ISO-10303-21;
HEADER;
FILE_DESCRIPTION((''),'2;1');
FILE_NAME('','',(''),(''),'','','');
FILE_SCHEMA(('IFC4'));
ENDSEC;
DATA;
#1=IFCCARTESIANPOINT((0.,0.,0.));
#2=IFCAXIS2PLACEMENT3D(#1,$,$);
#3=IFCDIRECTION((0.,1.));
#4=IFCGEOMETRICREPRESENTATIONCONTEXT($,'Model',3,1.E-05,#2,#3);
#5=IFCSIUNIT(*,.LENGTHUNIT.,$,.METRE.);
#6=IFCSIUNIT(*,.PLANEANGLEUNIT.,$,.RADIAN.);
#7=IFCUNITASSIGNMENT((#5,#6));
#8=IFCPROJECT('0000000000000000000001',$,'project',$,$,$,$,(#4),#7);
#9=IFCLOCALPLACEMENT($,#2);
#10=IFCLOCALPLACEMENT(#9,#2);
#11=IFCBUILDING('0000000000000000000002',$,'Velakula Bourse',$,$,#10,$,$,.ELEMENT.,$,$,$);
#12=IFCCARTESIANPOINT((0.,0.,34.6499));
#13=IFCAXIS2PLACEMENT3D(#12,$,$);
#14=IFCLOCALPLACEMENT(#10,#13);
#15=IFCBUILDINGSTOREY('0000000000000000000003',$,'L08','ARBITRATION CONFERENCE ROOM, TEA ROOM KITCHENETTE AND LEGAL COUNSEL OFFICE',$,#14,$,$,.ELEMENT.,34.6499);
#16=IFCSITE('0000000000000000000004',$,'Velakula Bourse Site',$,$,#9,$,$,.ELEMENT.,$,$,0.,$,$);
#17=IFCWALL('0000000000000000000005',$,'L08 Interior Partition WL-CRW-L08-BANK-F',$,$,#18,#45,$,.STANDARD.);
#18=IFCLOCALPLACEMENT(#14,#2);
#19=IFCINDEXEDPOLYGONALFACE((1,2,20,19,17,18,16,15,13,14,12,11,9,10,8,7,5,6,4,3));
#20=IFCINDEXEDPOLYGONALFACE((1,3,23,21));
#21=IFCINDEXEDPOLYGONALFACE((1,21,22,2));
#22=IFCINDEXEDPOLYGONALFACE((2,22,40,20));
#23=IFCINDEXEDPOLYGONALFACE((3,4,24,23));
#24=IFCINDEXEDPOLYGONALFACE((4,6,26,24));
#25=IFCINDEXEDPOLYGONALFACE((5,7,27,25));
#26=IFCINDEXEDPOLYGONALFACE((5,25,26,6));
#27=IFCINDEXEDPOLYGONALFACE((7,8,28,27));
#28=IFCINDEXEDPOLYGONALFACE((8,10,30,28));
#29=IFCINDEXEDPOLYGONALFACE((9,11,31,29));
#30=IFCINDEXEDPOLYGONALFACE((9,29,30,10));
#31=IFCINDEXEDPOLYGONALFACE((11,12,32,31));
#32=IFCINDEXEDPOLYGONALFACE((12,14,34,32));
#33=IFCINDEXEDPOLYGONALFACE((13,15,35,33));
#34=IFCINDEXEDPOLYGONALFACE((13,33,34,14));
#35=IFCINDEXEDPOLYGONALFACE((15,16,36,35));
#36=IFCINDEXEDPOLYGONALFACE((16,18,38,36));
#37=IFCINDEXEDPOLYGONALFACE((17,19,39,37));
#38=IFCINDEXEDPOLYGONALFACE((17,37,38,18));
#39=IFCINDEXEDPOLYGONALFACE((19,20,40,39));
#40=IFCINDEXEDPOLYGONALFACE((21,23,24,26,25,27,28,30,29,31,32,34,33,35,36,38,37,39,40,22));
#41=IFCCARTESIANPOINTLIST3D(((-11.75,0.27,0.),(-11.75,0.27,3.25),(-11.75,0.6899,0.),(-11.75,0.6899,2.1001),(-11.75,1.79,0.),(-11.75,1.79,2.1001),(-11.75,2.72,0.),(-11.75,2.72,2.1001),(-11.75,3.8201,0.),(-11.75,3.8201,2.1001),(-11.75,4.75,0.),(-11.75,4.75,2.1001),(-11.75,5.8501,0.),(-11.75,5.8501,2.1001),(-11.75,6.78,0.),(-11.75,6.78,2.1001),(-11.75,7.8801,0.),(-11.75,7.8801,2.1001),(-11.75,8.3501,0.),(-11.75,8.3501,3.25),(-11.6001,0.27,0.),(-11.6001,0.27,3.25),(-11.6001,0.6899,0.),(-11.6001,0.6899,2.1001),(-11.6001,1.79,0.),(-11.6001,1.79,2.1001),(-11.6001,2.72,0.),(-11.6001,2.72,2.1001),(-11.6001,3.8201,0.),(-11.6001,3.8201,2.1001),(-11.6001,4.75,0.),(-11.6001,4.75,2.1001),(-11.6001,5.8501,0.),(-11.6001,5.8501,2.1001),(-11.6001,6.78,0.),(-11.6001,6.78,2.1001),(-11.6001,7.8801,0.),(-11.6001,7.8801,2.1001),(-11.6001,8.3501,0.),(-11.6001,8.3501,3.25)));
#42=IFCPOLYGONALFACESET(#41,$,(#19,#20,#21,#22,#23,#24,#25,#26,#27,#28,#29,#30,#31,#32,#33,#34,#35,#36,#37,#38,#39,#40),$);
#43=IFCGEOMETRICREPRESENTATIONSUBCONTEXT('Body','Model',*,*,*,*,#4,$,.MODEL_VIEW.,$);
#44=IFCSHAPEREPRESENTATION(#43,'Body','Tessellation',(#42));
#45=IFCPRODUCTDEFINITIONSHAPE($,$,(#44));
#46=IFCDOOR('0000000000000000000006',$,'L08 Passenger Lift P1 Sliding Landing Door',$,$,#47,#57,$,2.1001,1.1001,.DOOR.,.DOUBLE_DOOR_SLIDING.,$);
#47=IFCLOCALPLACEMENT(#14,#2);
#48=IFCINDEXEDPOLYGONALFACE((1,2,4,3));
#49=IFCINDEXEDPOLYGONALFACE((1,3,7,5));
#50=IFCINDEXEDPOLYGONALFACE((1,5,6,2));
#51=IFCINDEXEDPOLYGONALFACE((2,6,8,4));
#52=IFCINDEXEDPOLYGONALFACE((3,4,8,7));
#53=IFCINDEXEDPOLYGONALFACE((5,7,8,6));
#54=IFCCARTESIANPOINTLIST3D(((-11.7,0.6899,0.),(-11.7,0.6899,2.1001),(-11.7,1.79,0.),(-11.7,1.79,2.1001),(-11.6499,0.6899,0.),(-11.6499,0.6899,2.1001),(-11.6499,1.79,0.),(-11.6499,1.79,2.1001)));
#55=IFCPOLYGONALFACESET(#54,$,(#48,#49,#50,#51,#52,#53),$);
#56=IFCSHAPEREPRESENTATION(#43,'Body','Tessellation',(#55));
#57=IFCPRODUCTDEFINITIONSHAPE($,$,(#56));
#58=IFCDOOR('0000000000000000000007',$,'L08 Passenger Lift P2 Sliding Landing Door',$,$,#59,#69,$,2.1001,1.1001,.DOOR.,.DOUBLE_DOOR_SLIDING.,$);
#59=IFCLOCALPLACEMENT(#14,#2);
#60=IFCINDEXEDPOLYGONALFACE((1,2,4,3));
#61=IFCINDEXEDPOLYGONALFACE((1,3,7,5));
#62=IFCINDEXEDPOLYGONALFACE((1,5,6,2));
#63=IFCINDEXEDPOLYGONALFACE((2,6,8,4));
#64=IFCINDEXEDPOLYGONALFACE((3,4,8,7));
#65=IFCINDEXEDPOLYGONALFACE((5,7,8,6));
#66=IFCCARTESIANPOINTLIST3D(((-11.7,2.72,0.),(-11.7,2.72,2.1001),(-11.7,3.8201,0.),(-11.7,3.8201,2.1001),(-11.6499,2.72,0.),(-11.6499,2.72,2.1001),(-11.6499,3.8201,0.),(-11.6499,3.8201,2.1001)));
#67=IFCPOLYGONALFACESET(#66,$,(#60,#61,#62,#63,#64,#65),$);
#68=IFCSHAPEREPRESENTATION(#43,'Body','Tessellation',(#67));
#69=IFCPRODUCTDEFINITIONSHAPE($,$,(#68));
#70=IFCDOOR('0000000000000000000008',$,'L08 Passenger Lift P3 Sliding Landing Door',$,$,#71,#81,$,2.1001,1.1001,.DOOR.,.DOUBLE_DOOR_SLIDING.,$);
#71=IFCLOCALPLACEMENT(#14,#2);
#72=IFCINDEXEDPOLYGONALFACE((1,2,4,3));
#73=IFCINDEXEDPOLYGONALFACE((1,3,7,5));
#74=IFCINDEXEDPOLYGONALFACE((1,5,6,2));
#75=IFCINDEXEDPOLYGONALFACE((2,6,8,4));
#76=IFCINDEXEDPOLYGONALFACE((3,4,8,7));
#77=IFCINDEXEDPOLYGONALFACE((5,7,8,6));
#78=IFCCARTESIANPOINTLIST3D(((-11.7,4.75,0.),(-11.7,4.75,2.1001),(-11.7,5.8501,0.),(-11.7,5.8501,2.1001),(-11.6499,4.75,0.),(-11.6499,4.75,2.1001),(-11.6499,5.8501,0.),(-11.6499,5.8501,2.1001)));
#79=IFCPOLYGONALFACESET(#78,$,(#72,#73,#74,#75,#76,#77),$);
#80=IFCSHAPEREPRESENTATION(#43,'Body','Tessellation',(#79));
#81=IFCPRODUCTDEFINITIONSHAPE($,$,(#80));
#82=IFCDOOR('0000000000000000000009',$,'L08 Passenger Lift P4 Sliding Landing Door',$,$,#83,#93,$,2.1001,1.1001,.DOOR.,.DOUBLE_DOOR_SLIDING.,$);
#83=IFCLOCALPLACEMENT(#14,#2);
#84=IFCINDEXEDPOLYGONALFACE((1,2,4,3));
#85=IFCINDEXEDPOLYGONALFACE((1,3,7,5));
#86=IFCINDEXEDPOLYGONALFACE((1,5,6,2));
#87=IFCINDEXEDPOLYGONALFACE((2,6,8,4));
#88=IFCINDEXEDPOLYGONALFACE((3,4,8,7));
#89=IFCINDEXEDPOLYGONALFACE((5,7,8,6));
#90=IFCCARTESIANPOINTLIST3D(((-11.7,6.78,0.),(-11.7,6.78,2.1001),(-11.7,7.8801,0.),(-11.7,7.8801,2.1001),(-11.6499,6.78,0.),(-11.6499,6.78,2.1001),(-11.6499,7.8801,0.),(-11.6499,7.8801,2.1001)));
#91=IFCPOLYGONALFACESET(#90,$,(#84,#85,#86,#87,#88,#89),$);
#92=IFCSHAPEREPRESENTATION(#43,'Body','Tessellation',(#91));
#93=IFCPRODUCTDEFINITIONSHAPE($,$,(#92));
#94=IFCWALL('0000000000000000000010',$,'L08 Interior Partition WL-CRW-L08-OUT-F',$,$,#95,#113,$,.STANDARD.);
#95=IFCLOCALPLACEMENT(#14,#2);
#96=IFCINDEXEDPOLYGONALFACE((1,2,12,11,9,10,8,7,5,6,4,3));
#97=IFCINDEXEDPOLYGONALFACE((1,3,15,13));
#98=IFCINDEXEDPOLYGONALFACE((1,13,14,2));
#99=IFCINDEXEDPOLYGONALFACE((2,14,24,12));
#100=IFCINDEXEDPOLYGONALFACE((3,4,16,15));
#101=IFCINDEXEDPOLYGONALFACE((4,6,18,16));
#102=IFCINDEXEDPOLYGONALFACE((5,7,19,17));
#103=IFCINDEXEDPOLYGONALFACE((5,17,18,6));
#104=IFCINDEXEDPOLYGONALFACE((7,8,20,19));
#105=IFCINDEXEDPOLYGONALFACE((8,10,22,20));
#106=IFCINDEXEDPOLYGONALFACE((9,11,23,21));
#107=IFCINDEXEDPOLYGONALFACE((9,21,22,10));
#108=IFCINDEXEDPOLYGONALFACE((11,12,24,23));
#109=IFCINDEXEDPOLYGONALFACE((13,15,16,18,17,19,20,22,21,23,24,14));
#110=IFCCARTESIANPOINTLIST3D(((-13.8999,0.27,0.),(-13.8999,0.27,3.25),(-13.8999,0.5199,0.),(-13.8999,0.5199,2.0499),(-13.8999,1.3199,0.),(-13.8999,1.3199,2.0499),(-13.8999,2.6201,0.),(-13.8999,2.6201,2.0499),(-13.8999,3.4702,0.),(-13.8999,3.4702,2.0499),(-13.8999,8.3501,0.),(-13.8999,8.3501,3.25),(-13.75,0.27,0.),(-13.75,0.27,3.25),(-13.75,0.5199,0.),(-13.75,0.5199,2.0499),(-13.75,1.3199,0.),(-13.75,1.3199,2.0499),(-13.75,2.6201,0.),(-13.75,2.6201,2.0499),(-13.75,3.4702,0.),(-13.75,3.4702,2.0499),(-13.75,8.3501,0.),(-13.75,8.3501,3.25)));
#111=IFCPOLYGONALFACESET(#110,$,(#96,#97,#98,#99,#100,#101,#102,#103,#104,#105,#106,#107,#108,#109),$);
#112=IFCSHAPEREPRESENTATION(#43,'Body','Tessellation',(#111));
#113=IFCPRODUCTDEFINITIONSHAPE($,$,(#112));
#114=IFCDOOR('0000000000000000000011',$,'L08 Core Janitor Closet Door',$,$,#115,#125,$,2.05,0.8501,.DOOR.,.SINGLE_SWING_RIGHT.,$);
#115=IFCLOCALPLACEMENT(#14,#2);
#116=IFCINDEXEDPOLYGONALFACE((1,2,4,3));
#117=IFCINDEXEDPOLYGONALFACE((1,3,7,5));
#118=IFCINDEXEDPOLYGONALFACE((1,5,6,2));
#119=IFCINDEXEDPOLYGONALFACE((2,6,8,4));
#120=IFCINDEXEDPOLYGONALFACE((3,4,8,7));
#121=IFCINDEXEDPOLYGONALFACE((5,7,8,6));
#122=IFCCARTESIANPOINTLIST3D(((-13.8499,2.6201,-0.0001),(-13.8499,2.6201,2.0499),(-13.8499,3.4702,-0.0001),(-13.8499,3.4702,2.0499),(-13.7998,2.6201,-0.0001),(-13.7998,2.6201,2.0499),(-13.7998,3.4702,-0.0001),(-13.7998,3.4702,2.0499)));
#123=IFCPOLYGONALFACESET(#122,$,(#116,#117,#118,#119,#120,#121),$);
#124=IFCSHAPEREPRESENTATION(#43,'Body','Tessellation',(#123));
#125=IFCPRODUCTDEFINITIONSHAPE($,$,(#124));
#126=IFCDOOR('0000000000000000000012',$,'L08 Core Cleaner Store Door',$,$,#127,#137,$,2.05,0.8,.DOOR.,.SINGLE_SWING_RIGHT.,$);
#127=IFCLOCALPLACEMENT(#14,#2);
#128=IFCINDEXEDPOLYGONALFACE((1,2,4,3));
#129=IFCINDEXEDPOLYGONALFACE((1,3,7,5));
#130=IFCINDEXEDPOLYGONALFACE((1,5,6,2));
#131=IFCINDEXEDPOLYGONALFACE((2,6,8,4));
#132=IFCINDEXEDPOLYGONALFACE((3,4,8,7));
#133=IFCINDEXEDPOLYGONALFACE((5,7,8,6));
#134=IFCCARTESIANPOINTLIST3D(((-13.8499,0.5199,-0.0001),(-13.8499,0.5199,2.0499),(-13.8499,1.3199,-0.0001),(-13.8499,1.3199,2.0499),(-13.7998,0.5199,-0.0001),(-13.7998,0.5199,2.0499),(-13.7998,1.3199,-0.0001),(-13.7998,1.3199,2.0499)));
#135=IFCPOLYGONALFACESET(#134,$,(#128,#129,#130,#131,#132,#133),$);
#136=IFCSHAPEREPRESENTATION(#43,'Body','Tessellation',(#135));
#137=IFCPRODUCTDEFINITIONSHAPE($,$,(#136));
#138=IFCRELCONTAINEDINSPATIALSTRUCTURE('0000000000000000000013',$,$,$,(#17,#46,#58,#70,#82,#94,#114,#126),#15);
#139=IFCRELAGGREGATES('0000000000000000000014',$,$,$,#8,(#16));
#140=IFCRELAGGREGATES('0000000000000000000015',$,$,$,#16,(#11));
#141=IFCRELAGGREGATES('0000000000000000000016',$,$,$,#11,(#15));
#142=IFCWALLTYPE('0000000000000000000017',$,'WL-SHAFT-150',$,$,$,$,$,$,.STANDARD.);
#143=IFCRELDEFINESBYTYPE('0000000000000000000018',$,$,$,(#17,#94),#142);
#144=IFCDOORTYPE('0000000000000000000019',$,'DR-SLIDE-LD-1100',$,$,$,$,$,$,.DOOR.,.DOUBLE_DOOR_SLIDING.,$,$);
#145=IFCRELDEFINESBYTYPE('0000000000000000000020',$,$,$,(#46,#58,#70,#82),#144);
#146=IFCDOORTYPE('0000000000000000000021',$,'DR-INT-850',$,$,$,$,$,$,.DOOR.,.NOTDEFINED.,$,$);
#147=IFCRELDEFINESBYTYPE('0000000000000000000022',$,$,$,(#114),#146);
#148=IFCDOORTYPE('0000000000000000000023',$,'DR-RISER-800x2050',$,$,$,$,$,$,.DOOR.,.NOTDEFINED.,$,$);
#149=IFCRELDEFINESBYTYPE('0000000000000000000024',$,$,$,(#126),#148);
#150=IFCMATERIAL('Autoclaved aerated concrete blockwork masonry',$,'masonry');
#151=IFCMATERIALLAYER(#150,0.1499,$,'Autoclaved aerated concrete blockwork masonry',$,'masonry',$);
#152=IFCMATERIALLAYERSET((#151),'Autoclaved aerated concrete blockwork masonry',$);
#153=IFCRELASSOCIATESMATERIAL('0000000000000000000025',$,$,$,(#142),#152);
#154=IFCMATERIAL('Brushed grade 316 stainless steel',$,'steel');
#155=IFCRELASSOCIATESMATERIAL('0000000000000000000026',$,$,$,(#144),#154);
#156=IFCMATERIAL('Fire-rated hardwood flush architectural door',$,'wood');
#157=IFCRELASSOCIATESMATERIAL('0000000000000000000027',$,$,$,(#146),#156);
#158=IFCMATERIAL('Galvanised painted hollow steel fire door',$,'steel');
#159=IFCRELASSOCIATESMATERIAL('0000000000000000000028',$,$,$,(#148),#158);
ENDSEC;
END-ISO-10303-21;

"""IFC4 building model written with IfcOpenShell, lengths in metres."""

from ifc_helpers import new_model, si_unit, direction, frame, frame_2d, origin, place, context, subcontext, project, spatial, rectangle, extrude, material, layer, layer_set, type_object, element, fill, save


model = new_model("IFC4")

# Units and contexts
model_context = context("Model", 3, precision=1e-05, world=origin(), true_north=direction((0.0, 1.0)))
body_context = subcontext(model_context, "Body", "Model", "MODEL_VIEW")
ifc_project = project(units=[si_unit("LENGTHUNIT", "METRE"), si_unit("PLANEANGLEUNIT", "RADIAN")], contexts=[model_context])

# Site, building, storey
site_placement = place(None, origin())
site = spatial("IfcSite", under=ifc_project, at=site_placement, Name="Velakula Bourse Site", CompositionType="ELEMENT", RefElevation=0.0)
building_placement = place(site_placement, origin())
building = spatial("IfcBuilding", under=site, at=building_placement, Name="Velakula Bourse", CompositionType="ELEMENT")
storey_placement = place(building_placement, frame((0.0, 0.0, 34.6499)))
storey = spatial("IfcBuildingStorey", under=building, at=storey_placement, Name="L08", Description="ARBITRATION CONFERENCE ROOM, TEA ROOM KITCHENETTE AND LEGAL COUNSEL OFFICE", CompositionType="ELEMENT", Elevation=34.6499)

# Shared definitions
ifc_material_1 = material(Name="Fire-rated hardwood flush architectural door", Category="wood")

# Shared definitions
ifc_material_2 = material(Name="Autoclaved aerated concrete blockwork masonry", Category="masonry")
ifc_layer_1 = layer(ifc_material_2, 0.1499, Name="Autoclaved aerated concrete blockwork masonry", Category="masonry")
ifc_layer_set_1 = layer_set([ifc_layer_1], Name="Autoclaved aerated concrete blockwork masonry")
wall_type_1 = type_object("IfcWallType", Name="WL-SHAFT-150", PredefinedType="STANDARD", material=ifc_layer_set_1)

# Walls, openings, doors
wall_1_placement = place(storey_placement, frame((-11.675, 0.27, 0.0), z_axis=(0.0, 0.0, 1.0), x_axis=(0.0, 1.0, 0.0)))
wall_1 = element("IfcWall", 1, at=wall_1_placement, inside=storey, type_object=wall_type_1, Name="L08 Interior Partition WL-CRW-L08-BANK-F", PredefinedType="STANDARD", context=body_context, shape_type="SweptSolid", body=[
    extrude(rectangle(XDim=8.0801, YDim=0.1499, at=frame_2d((4.04, 0.0))), origin(), (0.0, 0.0, 1.0), 3.25),
])
opening_1_placement = place(wall_1_placement, frame((0.4199, 0.0, 0.0)))
opening_1 = element("IfcOpeningElement", 2, at=opening_1_placement, cuts=wall_1, PredefinedType="OPENING", context=body_context, shape_type="SweptSolid", body=[
    extrude(rectangle(XDim=1.1001, YDim=2.1001, at=frame_2d((0.55, 1.05))), frame((0.0, 0.085, 0.0), z_axis=(0.0, -1.0, 0.0), x_axis=(1.0, 0.0, 0.0)), (0.0, 0.0, 1.0), 0.1699),
])
opening_2_placement = place(wall_1_placement, frame((2.45, 0.0, 0.0)))
opening_2 = element("IfcOpeningElement", 3, at=opening_2_placement, cuts=wall_1, PredefinedType="OPENING", context=body_context, shape_type="SweptSolid", body=[
    extrude(rectangle(XDim=1.1001, YDim=2.1001, at=frame_2d((0.55, 1.05))), frame((0.0, 0.085, 0.0), z_axis=(0.0, -1.0, 0.0), x_axis=(1.0, 0.0, 0.0)), (0.0, 0.0, 1.0), 0.1699),
])
opening_3_placement = place(wall_1_placement, frame((4.48, 0.0, 0.0)))
opening_3 = element("IfcOpeningElement", 4, at=opening_3_placement, cuts=wall_1, PredefinedType="OPENING", context=body_context, shape_type="SweptSolid", body=[
    extrude(rectangle(XDim=1.1001, YDim=2.1001, at=frame_2d((0.55, 1.05))), frame((0.0, 0.085, 0.0), z_axis=(0.0, -1.0, 0.0), x_axis=(1.0, 0.0, 0.0)), (0.0, 0.0, 1.0), 0.1699),
])
opening_4_placement = place(wall_1_placement, frame((6.51, 0.0, 0.0)))
opening_4 = element("IfcOpeningElement", 5, at=opening_4_placement, cuts=wall_1, PredefinedType="OPENING", context=body_context, shape_type="SweptSolid", body=[
    extrude(rectangle(XDim=1.1001, YDim=2.1001, at=frame_2d((0.55, 1.05))), frame((0.0, 0.085, 0.0), z_axis=(0.0, -1.0, 0.0), x_axis=(1.0, 0.0, 0.0)), (0.0, 0.0, 1.0), 0.1699),
])
ifc_material_3 = material(Name="Brushed grade 316 stainless steel", Category="steel")
door_type_1 = type_object("IfcDoorType", Name="DR-SLIDE-LD-1100", OperationType="DOUBLE_DOOR_SLIDING", PredefinedType="DOOR", material=ifc_material_3)
door_1_placement = place(opening_1_placement, origin())
door_1 = element("IfcDoor", 6, at=door_1_placement, inside=storey, type_object=door_type_1, Name="L08 Passenger Lift P1 Sliding Landing Door", OperationType="DOUBLE_DOOR_SLIDING", OverallHeight=2.1001, OverallWidth=1.1001, PredefinedType="DOOR", context=body_context, shape_type="SweptSolid", body=[
    extrude(rectangle(XDim=1.1001, YDim=2.1001, at=frame_2d((0.55, 1.05))), frame((0.0, 0.0249, 0.0), z_axis=(0.0, -1.0, 0.0), x_axis=(1.0, 0.0, 0.0)), (0.0, 0.0, 1.0), 0.05),
])
fill(opening_1, door_1)
door_2_placement = place(opening_2_placement, origin())
door_2 = element("IfcDoor", 7, at=door_2_placement, inside=storey, type_object=door_type_1, Name="L08 Passenger Lift P2 Sliding Landing Door", OperationType="DOUBLE_DOOR_SLIDING", OverallHeight=2.1001, OverallWidth=1.1001, PredefinedType="DOOR", context=body_context, shape_type="SweptSolid", body=[
    extrude(rectangle(XDim=1.1001, YDim=2.1001, at=frame_2d((0.55, 1.05))), frame((0.0, 0.0249, 0.0), z_axis=(0.0, -1.0, 0.0), x_axis=(1.0, 0.0, 0.0)), (0.0, 0.0, 1.0), 0.05),
])
fill(opening_2, door_2)
door_3_placement = place(opening_3_placement, origin())
door_3 = element("IfcDoor", 8, at=door_3_placement, inside=storey, type_object=door_type_1, Name="L08 Passenger Lift P3 Sliding Landing Door", OperationType="DOUBLE_DOOR_SLIDING", OverallHeight=2.1001, OverallWidth=1.1001, PredefinedType="DOOR", context=body_context, shape_type="SweptSolid", body=[
    extrude(rectangle(XDim=1.1001, YDim=2.1001, at=frame_2d((0.55, 1.05))), frame((0.0, 0.0249, 0.0), z_axis=(0.0, -1.0, 0.0), x_axis=(1.0, 0.0, 0.0)), (0.0, 0.0, 1.0), 0.05),
])
fill(opening_3, door_3)
door_4_placement = place(opening_4_placement, origin())
door_4 = element("IfcDoor", 9, at=door_4_placement, inside=storey, type_object=door_type_1, Name="L08 Passenger Lift P4 Sliding Landing Door", OperationType="DOUBLE_DOOR_SLIDING", OverallHeight=2.1001, OverallWidth=1.1001, PredefinedType="DOOR", context=body_context, shape_type="SweptSolid", body=[
    extrude(rectangle(XDim=1.1001, YDim=2.1001, at=frame_2d((0.55, 1.05))), frame((0.0, 0.0249, 0.0), z_axis=(0.0, -1.0, 0.0), x_axis=(1.0, 0.0, 0.0)), (0.0, 0.0, 1.0), 0.05),
])
fill(opening_4, door_4)
wall_2_placement = place(storey_placement, frame((-13.825, 0.27, 0.0), z_axis=(0.0, 0.0, 1.0), x_axis=(0.0, 1.0, 0.0)))
wall_2 = element("IfcWall", 10, at=wall_2_placement, inside=storey, type_object=wall_type_1, Name="L08 Interior Partition WL-CRW-L08-OUT-F", PredefinedType="STANDARD", context=body_context, shape_type="SweptSolid", body=[
    extrude(rectangle(XDim=8.0801, YDim=0.1499, at=frame_2d((4.04, 0.0))), origin(), (0.0, 0.0, 1.0), 3.25),
])
opening_5_placement = place(wall_2_placement, frame((0.25, 0.0, 0.0)))
opening_5 = element("IfcOpeningElement", 11, at=opening_5_placement, cuts=wall_2, PredefinedType="OPENING", context=body_context, shape_type="SweptSolid", body=[
    extrude(rectangle(XDim=0.8, YDim=2.05, at=frame_2d((0.3999, 1.0249))), frame((0.0, 0.085, 0.0), z_axis=(0.0, -1.0, 0.0), x_axis=(1.0, 0.0, 0.0)), (0.0, 0.0, 1.0), 0.1699),
])
opening_6_placement = place(wall_2_placement, frame((2.3501, 0.0, 0.0)))
opening_6 = element("IfcOpeningElement", 12, at=opening_6_placement, cuts=wall_2, PredefinedType="OPENING", context=body_context, shape_type="SweptSolid", body=[
    extrude(rectangle(XDim=0.8501, YDim=2.05, at=frame_2d((0.425, 1.0249))), frame((0.0, 0.085, 0.0), z_axis=(0.0, -1.0, 0.0), x_axis=(1.0, 0.0, 0.0)), (0.0, 0.0, 1.0), 0.1699),
])
door_type_2 = type_object("IfcDoorType", Name="DR-INT-850", OperationType="NOTDEFINED", PredefinedType="DOOR", material=ifc_material_1)
door_5_placement = place(opening_6_placement, origin())
door_5 = element("IfcDoor", 13, at=door_5_placement, inside=storey, type_object=door_type_2, Name="L08 Core Janitor Closet Door", OperationType="SINGLE_SWING_RIGHT", OverallHeight=2.05, OverallWidth=0.8501, PredefinedType="DOOR", context=body_context, shape_type="SweptSolid", body=[
    extrude(rectangle(XDim=0.8501, YDim=2.05, at=frame_2d((0.425, 1.0249))), frame((0.0, 0.0249, 0.0), z_axis=(0.0, -1.0, 0.0), x_axis=(1.0, 0.0, 0.0)), (0.0, 0.0, 1.0), 0.05),
])
fill(opening_6, door_5)
ifc_material_4 = material(Name="Galvanised painted hollow steel fire door", Category="steel")
door_type_3 = type_object("IfcDoorType", Name="DR-RISER-800x2050", OperationType="NOTDEFINED", PredefinedType="DOOR", material=ifc_material_4)
door_6_placement = place(opening_5_placement, origin())
door_6 = element("IfcDoor", 14, at=door_6_placement, inside=storey, type_object=door_type_3, Name="L08 Core Cleaner Store Door", OperationType="SINGLE_SWING_RIGHT", OverallHeight=2.05, OverallWidth=0.8, PredefinedType="DOOR", context=body_context, shape_type="SweptSolid", body=[
    extrude(rectangle(XDim=0.8, YDim=2.05, at=frame_2d((0.3999, 1.0249))), frame((0.0, 0.0249, 0.0), z_axis=(0.0, -1.0, 0.0), x_axis=(1.0, 0.0, 0.0)), (0.0, 0.0, 1.0), 0.05),
])
fill(opening_5, door_6)

save(model, "model.ifc")
